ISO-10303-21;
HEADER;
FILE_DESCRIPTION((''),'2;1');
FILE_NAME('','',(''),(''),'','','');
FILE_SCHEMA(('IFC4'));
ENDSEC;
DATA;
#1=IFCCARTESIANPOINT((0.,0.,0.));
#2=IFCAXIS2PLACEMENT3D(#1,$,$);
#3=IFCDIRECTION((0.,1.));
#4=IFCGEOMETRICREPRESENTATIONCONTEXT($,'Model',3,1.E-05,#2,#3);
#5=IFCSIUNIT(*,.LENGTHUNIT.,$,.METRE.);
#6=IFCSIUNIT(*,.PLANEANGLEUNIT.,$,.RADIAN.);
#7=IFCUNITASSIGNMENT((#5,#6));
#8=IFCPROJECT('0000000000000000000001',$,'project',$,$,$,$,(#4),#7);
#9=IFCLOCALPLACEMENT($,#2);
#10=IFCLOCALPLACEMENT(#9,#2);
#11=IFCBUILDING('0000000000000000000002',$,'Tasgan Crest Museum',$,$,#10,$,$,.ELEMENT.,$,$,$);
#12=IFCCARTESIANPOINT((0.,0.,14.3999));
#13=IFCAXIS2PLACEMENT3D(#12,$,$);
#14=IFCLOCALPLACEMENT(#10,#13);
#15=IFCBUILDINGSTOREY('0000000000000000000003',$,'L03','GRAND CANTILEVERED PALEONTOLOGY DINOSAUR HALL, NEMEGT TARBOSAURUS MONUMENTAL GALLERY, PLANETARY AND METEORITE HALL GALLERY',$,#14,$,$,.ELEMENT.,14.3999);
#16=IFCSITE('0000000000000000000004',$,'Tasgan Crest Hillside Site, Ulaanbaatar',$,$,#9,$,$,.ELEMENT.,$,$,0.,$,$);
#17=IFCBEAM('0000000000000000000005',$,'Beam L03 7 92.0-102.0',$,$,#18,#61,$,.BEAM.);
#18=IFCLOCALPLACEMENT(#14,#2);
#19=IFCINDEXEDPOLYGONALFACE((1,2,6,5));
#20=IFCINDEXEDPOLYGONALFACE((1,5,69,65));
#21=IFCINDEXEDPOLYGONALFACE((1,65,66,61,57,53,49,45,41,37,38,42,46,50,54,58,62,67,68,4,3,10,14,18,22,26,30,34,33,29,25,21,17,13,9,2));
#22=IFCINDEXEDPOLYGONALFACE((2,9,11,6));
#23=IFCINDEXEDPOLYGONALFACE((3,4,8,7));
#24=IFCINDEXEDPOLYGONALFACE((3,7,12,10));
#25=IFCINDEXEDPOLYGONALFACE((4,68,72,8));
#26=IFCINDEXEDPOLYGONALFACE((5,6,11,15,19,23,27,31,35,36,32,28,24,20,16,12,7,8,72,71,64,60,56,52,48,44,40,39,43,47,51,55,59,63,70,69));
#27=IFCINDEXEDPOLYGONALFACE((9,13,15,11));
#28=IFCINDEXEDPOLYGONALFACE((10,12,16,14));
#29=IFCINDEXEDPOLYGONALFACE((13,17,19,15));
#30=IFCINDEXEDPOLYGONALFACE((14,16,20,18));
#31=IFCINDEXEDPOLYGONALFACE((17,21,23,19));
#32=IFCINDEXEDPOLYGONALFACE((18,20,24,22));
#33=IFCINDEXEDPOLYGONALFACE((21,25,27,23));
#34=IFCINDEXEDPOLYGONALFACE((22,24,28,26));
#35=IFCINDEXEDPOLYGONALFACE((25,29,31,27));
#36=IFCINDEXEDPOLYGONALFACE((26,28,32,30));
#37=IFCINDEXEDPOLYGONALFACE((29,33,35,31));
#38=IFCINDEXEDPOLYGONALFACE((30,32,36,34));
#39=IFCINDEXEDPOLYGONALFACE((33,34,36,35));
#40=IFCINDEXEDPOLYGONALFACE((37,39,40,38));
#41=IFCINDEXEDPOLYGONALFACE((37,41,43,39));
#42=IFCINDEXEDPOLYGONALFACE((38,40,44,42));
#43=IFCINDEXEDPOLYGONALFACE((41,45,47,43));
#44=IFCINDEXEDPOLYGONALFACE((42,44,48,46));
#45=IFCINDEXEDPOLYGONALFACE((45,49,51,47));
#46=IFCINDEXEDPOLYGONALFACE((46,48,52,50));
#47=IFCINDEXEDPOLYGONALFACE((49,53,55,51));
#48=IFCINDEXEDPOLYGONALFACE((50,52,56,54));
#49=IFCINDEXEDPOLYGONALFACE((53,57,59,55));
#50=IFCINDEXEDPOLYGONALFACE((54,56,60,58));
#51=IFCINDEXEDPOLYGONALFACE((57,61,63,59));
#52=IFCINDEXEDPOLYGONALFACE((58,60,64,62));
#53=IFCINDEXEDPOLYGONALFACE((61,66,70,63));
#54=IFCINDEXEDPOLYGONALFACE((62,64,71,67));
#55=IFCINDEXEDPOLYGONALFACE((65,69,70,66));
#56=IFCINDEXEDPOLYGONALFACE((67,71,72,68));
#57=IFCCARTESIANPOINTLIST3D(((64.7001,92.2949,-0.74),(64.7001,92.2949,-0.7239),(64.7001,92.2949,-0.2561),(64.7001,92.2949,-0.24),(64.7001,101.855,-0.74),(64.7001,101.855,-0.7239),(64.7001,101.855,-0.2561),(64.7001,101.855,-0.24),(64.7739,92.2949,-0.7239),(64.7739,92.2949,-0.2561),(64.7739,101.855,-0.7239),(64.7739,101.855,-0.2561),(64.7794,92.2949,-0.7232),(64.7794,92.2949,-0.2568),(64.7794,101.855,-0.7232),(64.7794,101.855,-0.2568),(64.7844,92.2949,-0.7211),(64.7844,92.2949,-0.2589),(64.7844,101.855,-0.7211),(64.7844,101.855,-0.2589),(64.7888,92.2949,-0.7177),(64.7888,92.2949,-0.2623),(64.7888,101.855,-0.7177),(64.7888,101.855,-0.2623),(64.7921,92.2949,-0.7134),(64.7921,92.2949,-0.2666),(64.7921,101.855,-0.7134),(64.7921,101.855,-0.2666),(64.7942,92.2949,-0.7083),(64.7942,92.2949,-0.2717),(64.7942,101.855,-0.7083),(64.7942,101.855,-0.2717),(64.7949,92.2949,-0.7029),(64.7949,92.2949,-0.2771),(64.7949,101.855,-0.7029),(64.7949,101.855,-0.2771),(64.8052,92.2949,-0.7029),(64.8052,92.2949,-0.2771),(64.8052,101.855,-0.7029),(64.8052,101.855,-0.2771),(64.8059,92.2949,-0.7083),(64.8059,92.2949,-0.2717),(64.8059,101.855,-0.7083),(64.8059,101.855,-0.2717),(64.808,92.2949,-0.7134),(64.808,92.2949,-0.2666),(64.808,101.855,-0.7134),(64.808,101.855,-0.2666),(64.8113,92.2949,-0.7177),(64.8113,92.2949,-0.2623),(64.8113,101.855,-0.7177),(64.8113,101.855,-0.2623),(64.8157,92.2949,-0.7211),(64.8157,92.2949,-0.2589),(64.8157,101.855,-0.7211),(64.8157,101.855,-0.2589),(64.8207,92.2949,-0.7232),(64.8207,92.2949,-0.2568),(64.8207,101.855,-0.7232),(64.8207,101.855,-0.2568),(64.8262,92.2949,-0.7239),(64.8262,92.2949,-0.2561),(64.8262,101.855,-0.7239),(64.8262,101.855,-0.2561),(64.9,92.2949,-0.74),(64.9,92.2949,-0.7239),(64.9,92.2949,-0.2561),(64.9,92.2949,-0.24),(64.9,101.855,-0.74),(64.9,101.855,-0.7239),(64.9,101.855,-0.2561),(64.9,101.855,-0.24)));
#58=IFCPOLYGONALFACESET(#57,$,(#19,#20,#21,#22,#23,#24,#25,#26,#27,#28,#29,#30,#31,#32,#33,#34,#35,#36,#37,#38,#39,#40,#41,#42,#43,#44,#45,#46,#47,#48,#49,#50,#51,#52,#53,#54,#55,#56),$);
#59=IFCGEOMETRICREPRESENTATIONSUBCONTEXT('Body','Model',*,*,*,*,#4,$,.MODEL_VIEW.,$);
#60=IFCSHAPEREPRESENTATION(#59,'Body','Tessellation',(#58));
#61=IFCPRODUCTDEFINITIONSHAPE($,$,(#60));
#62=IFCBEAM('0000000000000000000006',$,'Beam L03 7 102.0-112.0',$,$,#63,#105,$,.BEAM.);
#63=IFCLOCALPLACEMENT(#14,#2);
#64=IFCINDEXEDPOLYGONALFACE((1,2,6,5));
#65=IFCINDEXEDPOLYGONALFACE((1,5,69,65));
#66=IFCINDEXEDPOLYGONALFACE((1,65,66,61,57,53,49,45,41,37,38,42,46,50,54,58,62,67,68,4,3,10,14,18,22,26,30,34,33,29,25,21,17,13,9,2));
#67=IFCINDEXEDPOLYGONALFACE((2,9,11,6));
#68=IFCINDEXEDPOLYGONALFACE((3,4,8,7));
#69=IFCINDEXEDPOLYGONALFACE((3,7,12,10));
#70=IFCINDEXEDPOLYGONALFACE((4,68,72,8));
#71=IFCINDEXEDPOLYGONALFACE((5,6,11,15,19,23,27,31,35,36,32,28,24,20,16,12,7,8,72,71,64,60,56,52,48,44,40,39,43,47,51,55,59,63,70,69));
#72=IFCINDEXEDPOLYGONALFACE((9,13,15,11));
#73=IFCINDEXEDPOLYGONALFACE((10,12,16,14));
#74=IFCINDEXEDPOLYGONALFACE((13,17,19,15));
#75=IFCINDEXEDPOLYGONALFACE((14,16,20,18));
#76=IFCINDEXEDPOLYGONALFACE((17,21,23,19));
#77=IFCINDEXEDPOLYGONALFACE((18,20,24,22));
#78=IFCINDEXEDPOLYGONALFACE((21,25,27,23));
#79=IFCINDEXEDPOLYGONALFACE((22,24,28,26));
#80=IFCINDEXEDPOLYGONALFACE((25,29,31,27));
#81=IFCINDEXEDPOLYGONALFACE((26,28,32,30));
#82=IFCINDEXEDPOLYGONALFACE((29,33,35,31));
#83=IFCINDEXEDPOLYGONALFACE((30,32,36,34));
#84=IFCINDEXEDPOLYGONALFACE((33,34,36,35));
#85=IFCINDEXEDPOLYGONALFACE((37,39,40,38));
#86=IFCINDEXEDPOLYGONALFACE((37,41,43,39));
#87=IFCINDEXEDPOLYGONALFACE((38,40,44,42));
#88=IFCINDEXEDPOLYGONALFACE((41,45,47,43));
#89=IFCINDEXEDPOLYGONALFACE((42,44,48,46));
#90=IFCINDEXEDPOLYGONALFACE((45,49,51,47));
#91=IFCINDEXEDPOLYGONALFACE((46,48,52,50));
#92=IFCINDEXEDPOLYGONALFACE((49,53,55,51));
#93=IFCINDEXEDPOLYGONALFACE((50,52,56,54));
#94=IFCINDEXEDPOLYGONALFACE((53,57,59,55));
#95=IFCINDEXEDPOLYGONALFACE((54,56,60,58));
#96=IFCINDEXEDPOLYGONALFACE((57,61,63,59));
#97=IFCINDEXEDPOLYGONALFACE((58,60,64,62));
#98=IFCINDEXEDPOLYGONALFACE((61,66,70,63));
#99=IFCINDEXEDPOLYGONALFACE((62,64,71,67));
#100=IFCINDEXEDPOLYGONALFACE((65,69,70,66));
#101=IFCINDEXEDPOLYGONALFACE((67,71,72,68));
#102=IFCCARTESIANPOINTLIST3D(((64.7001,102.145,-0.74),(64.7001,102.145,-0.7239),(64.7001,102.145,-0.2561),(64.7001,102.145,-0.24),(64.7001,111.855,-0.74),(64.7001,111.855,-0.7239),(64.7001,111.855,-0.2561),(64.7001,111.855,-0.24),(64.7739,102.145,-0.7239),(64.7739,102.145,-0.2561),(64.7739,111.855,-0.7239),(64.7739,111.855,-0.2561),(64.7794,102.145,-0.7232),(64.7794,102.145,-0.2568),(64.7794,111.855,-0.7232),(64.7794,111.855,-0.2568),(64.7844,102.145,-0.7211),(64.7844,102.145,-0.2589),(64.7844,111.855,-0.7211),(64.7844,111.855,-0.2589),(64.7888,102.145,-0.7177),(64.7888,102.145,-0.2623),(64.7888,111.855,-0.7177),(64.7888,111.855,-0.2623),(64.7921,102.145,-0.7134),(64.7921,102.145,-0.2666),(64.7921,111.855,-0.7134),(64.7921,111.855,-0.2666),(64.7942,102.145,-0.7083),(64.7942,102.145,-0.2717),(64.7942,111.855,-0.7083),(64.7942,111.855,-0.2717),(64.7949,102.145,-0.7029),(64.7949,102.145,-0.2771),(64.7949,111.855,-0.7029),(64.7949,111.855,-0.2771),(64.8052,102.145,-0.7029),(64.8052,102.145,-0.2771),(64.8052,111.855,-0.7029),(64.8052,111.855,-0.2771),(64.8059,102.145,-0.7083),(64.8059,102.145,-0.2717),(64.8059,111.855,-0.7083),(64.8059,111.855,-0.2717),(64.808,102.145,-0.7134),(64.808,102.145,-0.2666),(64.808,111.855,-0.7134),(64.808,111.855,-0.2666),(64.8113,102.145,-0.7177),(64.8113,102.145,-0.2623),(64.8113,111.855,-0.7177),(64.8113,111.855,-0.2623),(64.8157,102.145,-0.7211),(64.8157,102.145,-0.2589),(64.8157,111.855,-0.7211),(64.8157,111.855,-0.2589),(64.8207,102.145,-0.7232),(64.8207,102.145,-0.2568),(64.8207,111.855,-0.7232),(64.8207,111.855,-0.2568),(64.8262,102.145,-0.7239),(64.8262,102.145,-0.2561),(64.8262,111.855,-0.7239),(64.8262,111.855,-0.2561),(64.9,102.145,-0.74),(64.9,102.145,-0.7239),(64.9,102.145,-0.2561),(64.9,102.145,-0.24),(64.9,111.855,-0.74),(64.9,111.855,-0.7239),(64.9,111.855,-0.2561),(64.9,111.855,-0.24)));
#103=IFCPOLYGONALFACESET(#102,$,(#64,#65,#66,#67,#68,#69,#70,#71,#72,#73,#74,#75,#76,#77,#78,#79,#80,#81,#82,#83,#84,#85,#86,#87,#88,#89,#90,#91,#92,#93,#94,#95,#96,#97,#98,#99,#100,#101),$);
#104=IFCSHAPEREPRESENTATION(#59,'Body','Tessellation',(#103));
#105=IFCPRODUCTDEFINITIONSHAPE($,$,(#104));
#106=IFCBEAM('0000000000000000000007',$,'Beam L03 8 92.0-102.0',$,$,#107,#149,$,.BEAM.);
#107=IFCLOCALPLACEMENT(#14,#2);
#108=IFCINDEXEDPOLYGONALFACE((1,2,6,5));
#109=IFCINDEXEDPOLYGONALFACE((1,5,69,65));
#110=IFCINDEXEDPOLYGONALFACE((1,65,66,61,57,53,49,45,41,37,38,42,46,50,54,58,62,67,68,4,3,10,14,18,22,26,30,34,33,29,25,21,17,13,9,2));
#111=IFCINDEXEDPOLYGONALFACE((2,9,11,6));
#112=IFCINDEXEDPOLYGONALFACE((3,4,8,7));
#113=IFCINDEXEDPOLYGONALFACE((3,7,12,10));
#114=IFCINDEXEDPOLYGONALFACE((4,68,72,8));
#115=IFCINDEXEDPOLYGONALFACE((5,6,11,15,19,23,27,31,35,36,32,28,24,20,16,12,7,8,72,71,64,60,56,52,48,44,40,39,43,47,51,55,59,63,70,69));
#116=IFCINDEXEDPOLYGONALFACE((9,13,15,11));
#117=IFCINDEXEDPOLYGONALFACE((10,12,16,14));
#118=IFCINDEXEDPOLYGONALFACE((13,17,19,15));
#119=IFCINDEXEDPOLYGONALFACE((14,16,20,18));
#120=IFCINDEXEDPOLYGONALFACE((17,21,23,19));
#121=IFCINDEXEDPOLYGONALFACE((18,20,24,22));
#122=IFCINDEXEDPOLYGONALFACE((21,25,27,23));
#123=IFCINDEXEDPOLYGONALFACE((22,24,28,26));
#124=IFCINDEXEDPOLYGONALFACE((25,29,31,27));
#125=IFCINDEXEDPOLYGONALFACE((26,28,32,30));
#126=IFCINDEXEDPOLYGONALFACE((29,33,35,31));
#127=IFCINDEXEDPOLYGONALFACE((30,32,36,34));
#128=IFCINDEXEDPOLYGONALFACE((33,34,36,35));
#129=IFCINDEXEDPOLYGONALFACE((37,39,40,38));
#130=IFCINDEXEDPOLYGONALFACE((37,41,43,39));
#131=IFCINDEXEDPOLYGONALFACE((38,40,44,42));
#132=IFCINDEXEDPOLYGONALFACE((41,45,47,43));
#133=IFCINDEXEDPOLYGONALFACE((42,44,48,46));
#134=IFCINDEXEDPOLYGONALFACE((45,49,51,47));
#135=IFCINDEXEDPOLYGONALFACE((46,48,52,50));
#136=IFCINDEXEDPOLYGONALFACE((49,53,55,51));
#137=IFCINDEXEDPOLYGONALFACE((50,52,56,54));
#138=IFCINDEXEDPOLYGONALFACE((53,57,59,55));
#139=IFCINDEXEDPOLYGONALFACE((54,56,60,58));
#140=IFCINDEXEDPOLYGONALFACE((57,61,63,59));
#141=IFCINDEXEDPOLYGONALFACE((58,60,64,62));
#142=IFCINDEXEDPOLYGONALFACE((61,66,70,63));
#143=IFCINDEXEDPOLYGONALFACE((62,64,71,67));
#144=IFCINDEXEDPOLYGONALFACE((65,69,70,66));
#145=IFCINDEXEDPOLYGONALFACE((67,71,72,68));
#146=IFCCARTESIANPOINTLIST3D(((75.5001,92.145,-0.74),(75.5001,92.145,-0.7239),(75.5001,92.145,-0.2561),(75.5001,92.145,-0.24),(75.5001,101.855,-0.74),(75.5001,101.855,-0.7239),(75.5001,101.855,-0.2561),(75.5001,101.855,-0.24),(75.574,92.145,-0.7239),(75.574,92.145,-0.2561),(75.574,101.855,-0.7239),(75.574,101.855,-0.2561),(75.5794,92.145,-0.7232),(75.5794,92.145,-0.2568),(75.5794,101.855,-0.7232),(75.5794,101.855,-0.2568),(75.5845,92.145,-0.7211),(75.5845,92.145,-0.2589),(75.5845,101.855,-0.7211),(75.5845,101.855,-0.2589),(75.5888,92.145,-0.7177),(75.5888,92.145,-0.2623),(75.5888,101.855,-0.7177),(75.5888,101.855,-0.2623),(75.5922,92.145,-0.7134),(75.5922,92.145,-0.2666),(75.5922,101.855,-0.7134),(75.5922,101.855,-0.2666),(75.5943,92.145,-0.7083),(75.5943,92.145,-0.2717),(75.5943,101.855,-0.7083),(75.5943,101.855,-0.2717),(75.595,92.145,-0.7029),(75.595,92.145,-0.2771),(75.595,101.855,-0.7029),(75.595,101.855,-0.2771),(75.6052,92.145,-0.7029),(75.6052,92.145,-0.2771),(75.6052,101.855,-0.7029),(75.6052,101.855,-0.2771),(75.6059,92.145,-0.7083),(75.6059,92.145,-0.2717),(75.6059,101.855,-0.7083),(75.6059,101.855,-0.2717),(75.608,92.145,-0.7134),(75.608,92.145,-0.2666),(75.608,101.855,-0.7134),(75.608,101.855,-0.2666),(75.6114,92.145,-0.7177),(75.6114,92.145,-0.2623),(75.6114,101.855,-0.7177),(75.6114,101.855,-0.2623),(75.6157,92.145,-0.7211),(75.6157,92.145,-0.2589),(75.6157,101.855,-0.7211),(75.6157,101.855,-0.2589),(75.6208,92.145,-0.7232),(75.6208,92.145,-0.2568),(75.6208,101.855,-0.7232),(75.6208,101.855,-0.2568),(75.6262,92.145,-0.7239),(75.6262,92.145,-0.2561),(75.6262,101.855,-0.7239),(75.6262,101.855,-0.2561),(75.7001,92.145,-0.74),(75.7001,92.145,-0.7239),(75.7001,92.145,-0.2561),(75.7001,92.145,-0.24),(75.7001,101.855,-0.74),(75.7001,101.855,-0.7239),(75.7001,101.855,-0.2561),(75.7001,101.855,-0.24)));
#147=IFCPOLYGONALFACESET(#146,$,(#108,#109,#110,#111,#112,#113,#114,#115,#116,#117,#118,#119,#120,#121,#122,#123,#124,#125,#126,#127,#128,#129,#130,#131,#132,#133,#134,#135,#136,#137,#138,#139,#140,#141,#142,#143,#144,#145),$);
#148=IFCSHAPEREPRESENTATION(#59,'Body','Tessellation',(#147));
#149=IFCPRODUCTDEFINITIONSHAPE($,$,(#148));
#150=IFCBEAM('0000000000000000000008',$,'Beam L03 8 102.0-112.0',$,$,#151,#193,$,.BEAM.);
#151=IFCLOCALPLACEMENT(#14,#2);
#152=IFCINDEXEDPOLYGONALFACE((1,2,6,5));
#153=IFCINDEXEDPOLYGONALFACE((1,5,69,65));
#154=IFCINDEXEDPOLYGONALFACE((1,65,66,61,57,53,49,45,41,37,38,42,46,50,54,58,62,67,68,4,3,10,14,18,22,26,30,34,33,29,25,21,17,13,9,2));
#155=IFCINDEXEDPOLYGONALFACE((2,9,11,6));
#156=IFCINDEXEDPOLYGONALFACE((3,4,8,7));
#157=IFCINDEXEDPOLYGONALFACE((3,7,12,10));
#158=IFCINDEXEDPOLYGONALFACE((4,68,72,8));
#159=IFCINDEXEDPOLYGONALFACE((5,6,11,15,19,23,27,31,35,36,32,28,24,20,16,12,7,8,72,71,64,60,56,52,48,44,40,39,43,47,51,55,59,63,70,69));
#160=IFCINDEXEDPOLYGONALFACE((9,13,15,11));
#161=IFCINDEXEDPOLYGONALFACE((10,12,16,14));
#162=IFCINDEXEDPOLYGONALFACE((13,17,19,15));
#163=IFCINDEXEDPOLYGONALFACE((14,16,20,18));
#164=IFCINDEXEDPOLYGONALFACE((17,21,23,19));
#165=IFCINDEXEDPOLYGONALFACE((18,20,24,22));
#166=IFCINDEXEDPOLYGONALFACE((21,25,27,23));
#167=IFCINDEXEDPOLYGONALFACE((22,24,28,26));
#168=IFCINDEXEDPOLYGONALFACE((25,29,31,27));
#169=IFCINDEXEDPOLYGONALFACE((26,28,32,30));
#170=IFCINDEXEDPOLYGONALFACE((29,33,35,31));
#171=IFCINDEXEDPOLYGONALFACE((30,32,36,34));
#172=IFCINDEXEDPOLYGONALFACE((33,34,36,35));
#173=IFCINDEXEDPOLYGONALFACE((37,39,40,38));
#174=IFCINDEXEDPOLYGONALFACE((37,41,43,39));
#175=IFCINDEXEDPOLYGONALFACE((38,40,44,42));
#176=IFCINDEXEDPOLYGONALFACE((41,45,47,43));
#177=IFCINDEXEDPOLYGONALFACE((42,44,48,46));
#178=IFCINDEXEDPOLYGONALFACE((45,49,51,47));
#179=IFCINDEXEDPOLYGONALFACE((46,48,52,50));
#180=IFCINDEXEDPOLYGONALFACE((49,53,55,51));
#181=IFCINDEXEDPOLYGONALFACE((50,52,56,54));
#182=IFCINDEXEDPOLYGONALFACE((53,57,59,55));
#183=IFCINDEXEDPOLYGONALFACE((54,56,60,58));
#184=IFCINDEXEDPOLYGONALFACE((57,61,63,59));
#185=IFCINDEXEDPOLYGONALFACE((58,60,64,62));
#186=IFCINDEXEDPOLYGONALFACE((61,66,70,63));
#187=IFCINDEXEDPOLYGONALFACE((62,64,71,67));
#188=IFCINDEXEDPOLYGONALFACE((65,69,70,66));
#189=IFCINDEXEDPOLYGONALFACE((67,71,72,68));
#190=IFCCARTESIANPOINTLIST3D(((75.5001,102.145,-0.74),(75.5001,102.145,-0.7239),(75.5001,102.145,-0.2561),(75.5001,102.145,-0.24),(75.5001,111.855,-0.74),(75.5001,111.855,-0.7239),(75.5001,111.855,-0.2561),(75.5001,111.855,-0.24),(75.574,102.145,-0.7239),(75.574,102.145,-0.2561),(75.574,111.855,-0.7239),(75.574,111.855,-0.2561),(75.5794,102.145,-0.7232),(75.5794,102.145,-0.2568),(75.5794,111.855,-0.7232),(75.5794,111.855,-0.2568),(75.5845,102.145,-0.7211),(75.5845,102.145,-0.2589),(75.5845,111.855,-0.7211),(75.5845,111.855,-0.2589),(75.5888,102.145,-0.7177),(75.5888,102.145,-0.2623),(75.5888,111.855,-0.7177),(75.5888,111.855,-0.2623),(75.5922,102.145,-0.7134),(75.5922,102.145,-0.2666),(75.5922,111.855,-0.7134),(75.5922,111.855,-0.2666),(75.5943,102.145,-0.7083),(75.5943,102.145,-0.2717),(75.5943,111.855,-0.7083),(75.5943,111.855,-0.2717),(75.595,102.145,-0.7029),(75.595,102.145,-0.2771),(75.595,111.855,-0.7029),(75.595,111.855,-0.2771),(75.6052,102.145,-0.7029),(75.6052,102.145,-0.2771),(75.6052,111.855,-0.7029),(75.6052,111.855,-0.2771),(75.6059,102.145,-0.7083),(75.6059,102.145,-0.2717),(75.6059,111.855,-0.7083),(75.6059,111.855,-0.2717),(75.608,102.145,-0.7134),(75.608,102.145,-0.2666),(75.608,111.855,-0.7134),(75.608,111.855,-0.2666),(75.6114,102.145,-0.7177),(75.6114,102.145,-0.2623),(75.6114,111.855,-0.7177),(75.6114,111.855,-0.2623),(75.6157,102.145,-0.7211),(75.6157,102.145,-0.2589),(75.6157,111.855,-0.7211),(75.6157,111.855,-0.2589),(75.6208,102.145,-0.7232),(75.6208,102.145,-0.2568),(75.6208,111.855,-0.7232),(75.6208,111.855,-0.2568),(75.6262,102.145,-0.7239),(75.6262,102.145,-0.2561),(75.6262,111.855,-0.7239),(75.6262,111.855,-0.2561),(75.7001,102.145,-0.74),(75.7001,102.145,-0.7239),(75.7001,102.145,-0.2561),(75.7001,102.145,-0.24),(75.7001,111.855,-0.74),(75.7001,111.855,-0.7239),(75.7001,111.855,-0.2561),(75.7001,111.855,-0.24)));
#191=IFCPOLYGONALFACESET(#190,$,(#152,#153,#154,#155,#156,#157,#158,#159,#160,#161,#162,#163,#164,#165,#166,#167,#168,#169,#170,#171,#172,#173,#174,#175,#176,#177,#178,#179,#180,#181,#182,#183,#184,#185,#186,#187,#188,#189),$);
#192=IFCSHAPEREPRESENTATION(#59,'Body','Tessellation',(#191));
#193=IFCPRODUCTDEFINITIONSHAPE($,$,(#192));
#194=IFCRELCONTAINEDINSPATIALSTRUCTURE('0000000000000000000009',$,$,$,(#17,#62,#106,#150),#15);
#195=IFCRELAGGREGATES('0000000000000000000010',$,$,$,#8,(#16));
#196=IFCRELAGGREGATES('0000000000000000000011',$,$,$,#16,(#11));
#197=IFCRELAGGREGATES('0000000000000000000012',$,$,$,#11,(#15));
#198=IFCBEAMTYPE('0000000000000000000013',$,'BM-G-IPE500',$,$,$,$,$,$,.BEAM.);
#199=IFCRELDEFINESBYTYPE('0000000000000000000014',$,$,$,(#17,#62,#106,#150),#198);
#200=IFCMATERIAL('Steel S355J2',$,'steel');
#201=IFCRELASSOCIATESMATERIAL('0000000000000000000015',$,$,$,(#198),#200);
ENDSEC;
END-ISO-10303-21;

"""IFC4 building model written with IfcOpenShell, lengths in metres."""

from ifc_helpers import new_model, si_unit, direction, frame, origin, origin_2d, place, context, subcontext, project, spatial, i_section, extrude, material, material_profile, profile_set, type_object, element, save


model = new_model("IFC4")

# Units and contexts
model_context = context("Model", 3, precision=1e-05, world=origin(), true_north=direction((0.0, 1.0)))
body_context = subcontext(model_context, "Body", "Model", "MODEL_VIEW")
ifc_project = project(units=[si_unit("LENGTHUNIT", "METRE"), si_unit("PLANEANGLEUNIT", "RADIAN")], contexts=[model_context])

# Site, building, storey
site_placement = place(None, origin())
site = spatial("IfcSite", under=ifc_project, at=site_placement, Name="Tasgan Crest Hillside Site, Ulaanbaatar", CompositionType="ELEMENT", RefElevation=0.0)
building_placement = place(site_placement, origin())
building = spatial("IfcBuilding", under=site, at=building_placement, Name="Tasgan Crest Museum", CompositionType="ELEMENT")
storey_placement = place(building_placement, frame((0.0, 0.0, 14.3999)))
storey = spatial("IfcBuildingStorey", under=building, at=storey_placement, Name="L03", Description="GRAND CANTILEVERED PALEONTOLOGY DINOSAUR HALL, NEMEGT TARBOSAURUS MONUMENTAL GALLERY, PLANETARY AND METEORITE HALL GALLERY", CompositionType="ELEMENT", Elevation=14.3999)

# Beams
ifc_material_1 = material(Name="Steel S355J2", Category="steel")
ifc_material_profile_1 = material_profile(ifc_material_1, i_section(OverallWidth=0.2, OverallDepth=0.5, WebThickness=0.0103, FlangeThickness=0.0161, FilletRadius=0.021, at=origin_2d()), Name="IPE 500")
ifc_profile_set_1 = profile_set([ifc_material_profile_1], Name="Steel S355J2")
beam_type_1 = type_object("IfcBeamType", Name="BM-G-IPE500", PredefinedType="BEAM", material=ifc_profile_set_1)
beam_1_placement = place(storey_placement, frame((64.8, 92.2949, -0.49), z_axis=(0.0, 1.0, 0.0), x_axis=(-1.0, 0.0, 0.0)))
element("IfcBeam", 1, at=beam_1_placement, inside=storey, type_object=beam_type_1, Name="Beam L03 7 92.0-102.0", PredefinedType="BEAM", context=body_context, shape_type="SweptSolid", body=[
    extrude(i_section(OverallWidth=0.2, OverallDepth=0.5, WebThickness=0.0103, FlangeThickness=0.0161, FilletRadius=0.021, at=origin_2d()), origin(), (0.0, 0.0, 1.0), 9.5601),
])
for number, where, z_axis, x_axis, name in (
    (2, (64.8, 102.145, -0.49), (0.0, 1.0, 0.0), (-1.0, 0.0, 0.0), "Beam L03 7 102.0-112.0"),
    (3, (75.6001, 92.145, -0.49), (0.0, 1.0, 0.0), (-1.0, 0.0, 0.0), "Beam L03 8 92.0-102.0"),
    (4, (75.6001, 102.145, -0.49), (0.0, 1.0, 0.0), (-1.0, 0.0, 0.0), "Beam L03 8 102.0-112.0"),
):
    element("IfcBeam", number, at=place(storey_placement, frame(where, z_axis=z_axis, x_axis=x_axis)), inside=storey, type_object=beam_type_1, Name=name, PredefinedType="BEAM", context=body_context, shape_type="SweptSolid", body=[
        extrude(i_section(OverallWidth=0.2, OverallDepth=0.5, WebThickness=0.0103, FlangeThickness=0.0161, FilletRadius=0.021, at=origin_2d()), origin(), (0.0, 0.0, 1.0), 9.71),
    ])

save(model, "model.ifc")
